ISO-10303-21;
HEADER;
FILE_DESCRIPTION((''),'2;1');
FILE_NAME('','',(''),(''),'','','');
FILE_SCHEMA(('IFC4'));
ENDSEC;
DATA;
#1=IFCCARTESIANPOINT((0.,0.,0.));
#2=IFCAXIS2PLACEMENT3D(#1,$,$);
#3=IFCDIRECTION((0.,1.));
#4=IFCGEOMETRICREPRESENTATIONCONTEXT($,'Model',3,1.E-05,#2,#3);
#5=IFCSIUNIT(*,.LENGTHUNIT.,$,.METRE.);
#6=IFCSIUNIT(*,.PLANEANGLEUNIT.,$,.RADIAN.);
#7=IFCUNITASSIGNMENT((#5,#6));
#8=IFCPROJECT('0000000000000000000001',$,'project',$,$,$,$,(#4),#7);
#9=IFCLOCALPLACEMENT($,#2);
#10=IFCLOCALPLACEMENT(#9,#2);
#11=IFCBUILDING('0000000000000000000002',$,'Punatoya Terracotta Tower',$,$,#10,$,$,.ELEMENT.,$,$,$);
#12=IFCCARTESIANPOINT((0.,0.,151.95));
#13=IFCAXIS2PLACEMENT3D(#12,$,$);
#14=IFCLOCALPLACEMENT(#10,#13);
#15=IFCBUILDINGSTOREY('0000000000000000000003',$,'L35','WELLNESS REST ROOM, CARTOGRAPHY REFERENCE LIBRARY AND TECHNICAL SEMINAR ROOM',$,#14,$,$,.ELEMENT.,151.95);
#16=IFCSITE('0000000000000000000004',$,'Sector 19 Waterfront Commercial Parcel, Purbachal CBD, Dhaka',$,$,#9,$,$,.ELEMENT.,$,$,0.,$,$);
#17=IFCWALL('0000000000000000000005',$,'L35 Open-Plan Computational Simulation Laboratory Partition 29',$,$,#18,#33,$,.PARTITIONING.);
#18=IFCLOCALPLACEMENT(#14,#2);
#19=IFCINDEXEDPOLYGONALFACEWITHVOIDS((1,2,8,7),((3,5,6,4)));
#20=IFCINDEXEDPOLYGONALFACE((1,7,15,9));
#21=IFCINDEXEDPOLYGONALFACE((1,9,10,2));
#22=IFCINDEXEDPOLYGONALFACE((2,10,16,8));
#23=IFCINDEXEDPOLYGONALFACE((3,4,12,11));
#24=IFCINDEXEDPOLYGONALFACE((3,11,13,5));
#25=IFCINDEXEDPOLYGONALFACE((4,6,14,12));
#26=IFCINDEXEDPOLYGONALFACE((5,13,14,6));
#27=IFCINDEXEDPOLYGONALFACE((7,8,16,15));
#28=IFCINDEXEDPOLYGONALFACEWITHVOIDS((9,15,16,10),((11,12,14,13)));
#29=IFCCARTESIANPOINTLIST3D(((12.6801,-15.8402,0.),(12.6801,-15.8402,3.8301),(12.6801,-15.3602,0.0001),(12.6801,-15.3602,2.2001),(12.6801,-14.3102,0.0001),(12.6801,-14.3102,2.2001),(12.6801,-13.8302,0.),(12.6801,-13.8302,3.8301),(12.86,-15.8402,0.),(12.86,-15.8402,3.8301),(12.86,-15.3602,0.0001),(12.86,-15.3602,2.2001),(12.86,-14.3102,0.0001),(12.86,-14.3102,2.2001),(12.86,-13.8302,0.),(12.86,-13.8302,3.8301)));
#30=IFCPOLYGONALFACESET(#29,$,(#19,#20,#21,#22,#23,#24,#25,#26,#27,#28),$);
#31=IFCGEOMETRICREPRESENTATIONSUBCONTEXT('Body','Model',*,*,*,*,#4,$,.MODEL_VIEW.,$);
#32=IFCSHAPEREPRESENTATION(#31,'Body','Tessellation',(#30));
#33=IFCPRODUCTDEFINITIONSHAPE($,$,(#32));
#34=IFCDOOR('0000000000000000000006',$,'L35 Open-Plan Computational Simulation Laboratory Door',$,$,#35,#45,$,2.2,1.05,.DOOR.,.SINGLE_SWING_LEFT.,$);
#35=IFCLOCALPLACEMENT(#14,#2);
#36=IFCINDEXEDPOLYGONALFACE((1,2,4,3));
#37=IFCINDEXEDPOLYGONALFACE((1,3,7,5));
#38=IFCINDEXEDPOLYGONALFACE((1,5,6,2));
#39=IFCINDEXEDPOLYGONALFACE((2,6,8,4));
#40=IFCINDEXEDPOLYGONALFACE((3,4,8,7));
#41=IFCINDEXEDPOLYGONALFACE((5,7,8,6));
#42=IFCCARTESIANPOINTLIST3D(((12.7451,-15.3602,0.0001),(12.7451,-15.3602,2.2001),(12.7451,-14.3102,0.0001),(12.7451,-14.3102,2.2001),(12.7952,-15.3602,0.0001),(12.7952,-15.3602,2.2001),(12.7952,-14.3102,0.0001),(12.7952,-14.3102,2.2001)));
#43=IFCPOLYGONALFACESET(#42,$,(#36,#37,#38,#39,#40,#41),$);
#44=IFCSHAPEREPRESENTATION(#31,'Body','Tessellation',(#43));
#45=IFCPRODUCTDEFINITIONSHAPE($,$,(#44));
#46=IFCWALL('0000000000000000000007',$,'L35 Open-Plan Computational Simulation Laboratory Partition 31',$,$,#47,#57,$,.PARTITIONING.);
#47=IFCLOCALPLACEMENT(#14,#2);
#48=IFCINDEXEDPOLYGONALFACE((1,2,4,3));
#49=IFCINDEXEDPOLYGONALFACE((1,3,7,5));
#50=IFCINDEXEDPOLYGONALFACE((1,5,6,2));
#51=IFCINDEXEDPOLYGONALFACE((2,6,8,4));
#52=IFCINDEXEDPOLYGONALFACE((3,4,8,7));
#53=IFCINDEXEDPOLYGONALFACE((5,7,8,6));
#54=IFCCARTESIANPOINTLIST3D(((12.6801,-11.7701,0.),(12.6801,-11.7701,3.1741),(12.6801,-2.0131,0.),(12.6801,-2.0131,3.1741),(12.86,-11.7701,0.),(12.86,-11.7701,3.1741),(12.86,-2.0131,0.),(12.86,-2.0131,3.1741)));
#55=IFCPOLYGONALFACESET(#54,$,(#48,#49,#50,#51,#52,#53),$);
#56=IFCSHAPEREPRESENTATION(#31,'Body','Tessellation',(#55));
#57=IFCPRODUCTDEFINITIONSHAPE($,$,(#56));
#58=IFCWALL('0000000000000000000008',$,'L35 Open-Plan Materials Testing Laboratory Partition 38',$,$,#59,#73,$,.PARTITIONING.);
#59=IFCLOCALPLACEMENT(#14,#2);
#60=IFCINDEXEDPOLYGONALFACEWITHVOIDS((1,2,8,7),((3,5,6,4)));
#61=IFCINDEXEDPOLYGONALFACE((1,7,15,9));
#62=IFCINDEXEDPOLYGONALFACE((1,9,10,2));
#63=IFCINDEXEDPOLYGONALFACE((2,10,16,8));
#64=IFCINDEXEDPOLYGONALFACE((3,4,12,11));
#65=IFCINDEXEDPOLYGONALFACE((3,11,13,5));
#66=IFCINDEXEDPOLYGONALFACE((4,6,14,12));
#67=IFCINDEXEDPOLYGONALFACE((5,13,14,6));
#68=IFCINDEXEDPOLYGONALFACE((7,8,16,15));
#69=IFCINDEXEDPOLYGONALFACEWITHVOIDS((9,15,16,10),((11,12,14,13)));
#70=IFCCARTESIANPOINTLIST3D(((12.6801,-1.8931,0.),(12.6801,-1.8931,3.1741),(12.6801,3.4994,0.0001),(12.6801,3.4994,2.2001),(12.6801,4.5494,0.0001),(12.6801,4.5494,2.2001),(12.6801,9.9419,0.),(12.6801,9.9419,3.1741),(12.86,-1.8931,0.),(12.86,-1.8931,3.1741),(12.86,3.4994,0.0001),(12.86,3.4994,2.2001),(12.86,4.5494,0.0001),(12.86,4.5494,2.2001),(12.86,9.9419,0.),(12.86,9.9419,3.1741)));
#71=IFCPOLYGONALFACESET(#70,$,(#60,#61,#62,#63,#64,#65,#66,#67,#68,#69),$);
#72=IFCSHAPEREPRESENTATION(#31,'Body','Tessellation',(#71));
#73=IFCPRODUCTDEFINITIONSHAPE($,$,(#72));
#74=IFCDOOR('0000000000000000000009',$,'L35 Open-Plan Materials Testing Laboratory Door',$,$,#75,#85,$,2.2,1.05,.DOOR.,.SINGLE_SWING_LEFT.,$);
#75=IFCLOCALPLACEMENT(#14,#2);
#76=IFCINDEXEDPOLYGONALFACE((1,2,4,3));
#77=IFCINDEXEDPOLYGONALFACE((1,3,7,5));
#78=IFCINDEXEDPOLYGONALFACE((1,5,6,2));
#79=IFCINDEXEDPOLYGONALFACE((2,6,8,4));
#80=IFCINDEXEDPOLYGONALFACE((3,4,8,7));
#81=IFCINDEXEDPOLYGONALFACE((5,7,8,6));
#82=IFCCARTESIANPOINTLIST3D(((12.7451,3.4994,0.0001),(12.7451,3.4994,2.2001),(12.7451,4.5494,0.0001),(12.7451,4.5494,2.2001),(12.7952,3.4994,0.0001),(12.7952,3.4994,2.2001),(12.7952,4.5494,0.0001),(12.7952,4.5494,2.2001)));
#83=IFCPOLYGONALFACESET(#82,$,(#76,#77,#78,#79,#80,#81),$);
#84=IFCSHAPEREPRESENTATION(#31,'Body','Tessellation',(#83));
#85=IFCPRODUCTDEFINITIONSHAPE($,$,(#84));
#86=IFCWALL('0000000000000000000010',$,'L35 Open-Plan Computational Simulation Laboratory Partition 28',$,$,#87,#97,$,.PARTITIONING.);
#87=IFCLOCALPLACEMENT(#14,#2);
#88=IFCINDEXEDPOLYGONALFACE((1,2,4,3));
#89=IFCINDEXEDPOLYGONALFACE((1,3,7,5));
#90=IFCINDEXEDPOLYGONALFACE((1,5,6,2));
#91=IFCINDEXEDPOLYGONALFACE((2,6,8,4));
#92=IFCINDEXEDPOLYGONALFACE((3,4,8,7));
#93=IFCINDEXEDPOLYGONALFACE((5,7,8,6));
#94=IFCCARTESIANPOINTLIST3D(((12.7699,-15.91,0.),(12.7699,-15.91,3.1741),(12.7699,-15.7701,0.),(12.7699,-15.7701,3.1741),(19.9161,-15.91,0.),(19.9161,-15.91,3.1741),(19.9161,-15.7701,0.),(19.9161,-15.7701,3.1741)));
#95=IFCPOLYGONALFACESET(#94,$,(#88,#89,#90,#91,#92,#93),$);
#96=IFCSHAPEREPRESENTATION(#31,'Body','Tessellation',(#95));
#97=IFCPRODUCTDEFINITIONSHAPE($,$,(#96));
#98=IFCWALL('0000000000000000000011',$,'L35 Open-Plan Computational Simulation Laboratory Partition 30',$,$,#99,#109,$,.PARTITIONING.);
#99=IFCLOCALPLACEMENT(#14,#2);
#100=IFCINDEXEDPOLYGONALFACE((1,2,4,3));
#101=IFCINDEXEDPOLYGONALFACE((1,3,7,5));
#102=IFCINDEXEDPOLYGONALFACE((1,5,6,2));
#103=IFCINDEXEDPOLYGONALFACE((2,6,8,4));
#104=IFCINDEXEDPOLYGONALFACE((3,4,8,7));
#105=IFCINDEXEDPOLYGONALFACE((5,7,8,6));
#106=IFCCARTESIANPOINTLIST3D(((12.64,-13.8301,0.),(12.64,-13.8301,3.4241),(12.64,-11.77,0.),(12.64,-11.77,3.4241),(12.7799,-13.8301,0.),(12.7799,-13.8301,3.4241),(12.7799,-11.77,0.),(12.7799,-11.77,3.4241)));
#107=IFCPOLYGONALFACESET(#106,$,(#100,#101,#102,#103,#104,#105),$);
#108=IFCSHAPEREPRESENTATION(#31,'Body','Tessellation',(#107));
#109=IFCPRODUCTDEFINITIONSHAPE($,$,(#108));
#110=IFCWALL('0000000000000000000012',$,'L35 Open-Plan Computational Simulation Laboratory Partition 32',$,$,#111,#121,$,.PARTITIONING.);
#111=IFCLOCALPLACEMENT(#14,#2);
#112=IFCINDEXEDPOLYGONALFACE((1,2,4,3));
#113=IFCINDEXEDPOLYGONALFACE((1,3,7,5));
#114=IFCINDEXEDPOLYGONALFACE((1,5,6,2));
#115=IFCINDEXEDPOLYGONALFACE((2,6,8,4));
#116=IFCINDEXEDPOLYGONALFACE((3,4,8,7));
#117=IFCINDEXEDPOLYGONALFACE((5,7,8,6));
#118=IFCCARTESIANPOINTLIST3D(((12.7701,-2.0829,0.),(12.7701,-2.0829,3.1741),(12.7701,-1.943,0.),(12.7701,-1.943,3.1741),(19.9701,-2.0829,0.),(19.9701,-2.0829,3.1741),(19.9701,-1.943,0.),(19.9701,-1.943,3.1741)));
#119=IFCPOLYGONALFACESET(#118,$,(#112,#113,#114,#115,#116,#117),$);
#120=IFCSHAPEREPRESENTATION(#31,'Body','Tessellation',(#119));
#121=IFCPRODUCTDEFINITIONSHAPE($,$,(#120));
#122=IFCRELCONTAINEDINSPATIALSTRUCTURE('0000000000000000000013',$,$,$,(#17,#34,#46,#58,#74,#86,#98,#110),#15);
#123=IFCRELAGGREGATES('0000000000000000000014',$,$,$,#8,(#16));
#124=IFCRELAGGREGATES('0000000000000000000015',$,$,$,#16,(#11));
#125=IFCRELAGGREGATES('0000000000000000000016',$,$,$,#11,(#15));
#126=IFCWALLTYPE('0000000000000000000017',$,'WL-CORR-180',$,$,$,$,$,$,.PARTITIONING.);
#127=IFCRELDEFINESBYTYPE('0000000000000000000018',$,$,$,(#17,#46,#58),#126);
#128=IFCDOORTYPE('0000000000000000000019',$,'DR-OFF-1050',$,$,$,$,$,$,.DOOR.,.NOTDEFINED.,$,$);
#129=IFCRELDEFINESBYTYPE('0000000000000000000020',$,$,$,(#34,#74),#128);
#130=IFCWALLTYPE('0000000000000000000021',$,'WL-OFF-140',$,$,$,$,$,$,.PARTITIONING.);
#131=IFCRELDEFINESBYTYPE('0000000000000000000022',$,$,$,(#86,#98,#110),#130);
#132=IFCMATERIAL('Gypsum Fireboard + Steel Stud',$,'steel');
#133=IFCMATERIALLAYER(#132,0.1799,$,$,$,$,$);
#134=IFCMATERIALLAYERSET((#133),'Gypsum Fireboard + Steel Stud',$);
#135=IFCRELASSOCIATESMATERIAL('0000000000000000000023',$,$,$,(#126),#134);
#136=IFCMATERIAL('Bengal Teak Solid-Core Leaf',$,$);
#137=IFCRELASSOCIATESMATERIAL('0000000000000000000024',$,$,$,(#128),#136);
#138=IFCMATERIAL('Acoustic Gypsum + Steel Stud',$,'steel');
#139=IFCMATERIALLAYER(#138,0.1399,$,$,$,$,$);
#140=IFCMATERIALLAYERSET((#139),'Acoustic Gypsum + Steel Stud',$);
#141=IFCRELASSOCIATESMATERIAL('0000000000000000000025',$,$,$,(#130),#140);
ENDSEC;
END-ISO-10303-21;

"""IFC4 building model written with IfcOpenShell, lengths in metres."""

from ifc_helpers import new_model, si_unit, direction, frame, frame_2d, origin, place, context, subcontext, project, spatial, rectangle, extrude, material, layer, layer_set, type_object, element, fill, save


model = new_model("IFC4")

# Units and contexts
model_context = context("Model", 3, precision=1e-05, world=origin(), true_north=direction((0.0, 1.0)))
body_context = subcontext(model_context, "Body", "Model", "MODEL_VIEW")
ifc_project = project(units=[si_unit("LENGTHUNIT", "METRE"), si_unit("PLANEANGLEUNIT", "RADIAN")], contexts=[model_context])

# Site, building, storey
site_placement = place(None, origin())
site = spatial("IfcSite", under=ifc_project, at=site_placement, Name="Sector 19 Waterfront Commercial Parcel, Purbachal CBD, Dhaka", CompositionType="ELEMENT", RefElevation=0.0)
building_placement = place(site_placement, origin())
building = spatial("IfcBuilding", under=site, at=building_placement, Name="Punatoya Terracotta Tower", CompositionType="ELEMENT")
storey_placement = place(building_placement, frame((0.0, 0.0, 151.95)))
storey = spatial("IfcBuildingStorey", under=building, at=storey_placement, Name="L35", Description="WELLNESS REST ROOM, CARTOGRAPHY REFERENCE LIBRARY AND TECHNICAL SEMINAR ROOM", CompositionType="ELEMENT", Elevation=151.95)

# Wall, opening, door
ifc_material_1 = material(Name="Gypsum Fireboard + Steel Stud", Category="steel")
ifc_layer_1 = layer(ifc_material_1, 0.1799)
ifc_layer_set_1 = layer_set([ifc_layer_1], Name="Gypsum Fireboard + Steel Stud")
wall_type_1 = type_object("IfcWallType", Name="WL-CORR-180", PredefinedType="PARTITIONING", material=ifc_layer_set_1)
wall_1_placement = place(storey_placement, frame((12.77, -15.8401, 0.0), z_axis=(0.0, 0.0, 1.0), x_axis=(0.0, 1.0, 0.0)))
wall_1 = element("IfcWall", 1, at=wall_1_placement, inside=storey, type_object=wall_type_1, Name="L35 Open-Plan Computational Simulation Laboratory Partition 29", PredefinedType="PARTITIONING", context=body_context, shape_type="SweptSolid", body=[
    extrude(rectangle(XDim=2.01, YDim=0.1799, at=frame_2d((1.0049, 0.0))), origin(), (0.0, 0.0, 1.0), 3.8301),
])
opening_1_placement = place(wall_1_placement, frame((0.48, 0.0, 0.0)))
opening_1 = element("IfcOpeningElement", 2, at=opening_1_placement, cuts=wall_1, PredefinedType="OPENING", context=body_context, shape_type="SweptSolid", body=[
    extrude(rectangle(XDim=1.05, YDim=2.2, at=frame_2d((0.5249, 1.1001))), frame((0.0, 0.0999, 0.0), z_axis=(0.0, -1.0, 0.0), x_axis=(1.0, 0.0, 0.0)), (0.0, 0.0, 1.0), 0.2),
])
ifc_material_2 = material(Name="Bengal Teak Solid-Core Leaf")
door_type = type_object("IfcDoorType", Name="DR-OFF-1050", OperationType="NOTDEFINED", PredefinedType="DOOR", material=ifc_material_2)
door_1_placement = place(opening_1_placement, origin())
door_1 = element("IfcDoor", 3, at=door_1_placement, inside=storey, type_object=door_type, Name="L35 Open-Plan Computational Simulation Laboratory Door", OperationType="SINGLE_SWING_LEFT", OverallHeight=2.2, OverallWidth=1.05, PredefinedType="DOOR", context=body_context, shape_type="SweptSolid", body=[
    extrude(rectangle(XDim=1.05, YDim=2.2, at=frame_2d((0.5249, 1.1001))), frame((0.0, 0.0249, 0.0), z_axis=(0.0, -1.0, 0.0), x_axis=(1.0, 0.0, 0.0)), (0.0, 0.0, 1.0), 0.05),
])
fill(opening_1, door_1)

# Wall
wall_2_placement = place(storey_placement, frame((12.77, -11.77, 0.0), z_axis=(0.0, 0.0, 1.0), x_axis=(0.0, 1.0, 0.0)))
element("IfcWall", 4, at=wall_2_placement, inside=storey, type_object=wall_type_1, Name="L35 Open-Plan Computational Simulation Laboratory Partition 31", PredefinedType="PARTITIONING", context=body_context, shape_type="SweptSolid", body=[
    extrude(rectangle(XDim=9.7571, YDim=0.1799, at=frame_2d((4.8784, 0.0))), origin(), (0.0, 0.0, 1.0), 3.1741),
])

# Wall, opening, door
wall_3_placement = place(storey_placement, frame((12.77, -1.8931, 0.0), z_axis=(0.0, 0.0, 1.0), x_axis=(0.0, 1.0, 0.0)))
wall_3 = element("IfcWall", 5, at=wall_3_placement, inside=storey, type_object=wall_type_1, Name="L35 Open-Plan Materials Testing Laboratory Partition 38", PredefinedType="PARTITIONING", context=body_context, shape_type="SweptSolid", body=[
    extrude(rectangle(XDim=11.835, YDim=0.1799, at=frame_2d((5.9175, 0.0))), origin(), (0.0, 0.0, 1.0), 3.1741),
])
opening_2_placement = place(wall_3_placement, frame((5.3926, 0.0, 0.0)))
opening_2 = element("IfcOpeningElement", 6, at=opening_2_placement, cuts=wall_3, PredefinedType="OPENING", context=body_context, shape_type="SweptSolid", body=[
    extrude(rectangle(XDim=1.05, YDim=2.2, at=frame_2d((0.5249, 1.1001))), frame((0.0, 0.0999, 0.0), z_axis=(0.0, -1.0, 0.0), x_axis=(1.0, 0.0, 0.0)), (0.0, 0.0, 1.0), 0.2),
])
door_2_placement = place(opening_2_placement, origin())
door_2 = element("IfcDoor", 7, at=door_2_placement, inside=storey, type_object=door_type, Name="L35 Open-Plan Materials Testing Laboratory Door", OperationType="SINGLE_SWING_LEFT", OverallHeight=2.2, OverallWidth=1.05, PredefinedType="DOOR", context=body_context, shape_type="SweptSolid", body=[
    extrude(rectangle(XDim=1.05, YDim=2.2, at=frame_2d((0.5249, 1.1001))), frame((0.0, 0.0249, 0.0), z_axis=(0.0, -1.0, 0.0), x_axis=(1.0, 0.0, 0.0)), (0.0, 0.0, 1.0), 0.05),
])
fill(opening_2, door_2)

# Walls
ifc_material_3 = material(Name="Acoustic Gypsum + Steel Stud", Category="steel")
ifc_layer_2 = layer(ifc_material_3, 0.1399)
ifc_layer_set_2 = layer_set([ifc_layer_2], Name="Acoustic Gypsum + Steel Stud")
wall_type_2 = type_object("IfcWallType", Name="WL-OFF-140", PredefinedType="PARTITIONING", material=ifc_layer_set_2)
wall_4_placement = place(storey_placement, frame((19.9163, -15.8401, 0.0), z_axis=(0.0, 0.0, 1.0), x_axis=(-1.0, 0.0, 0.0)))
element("IfcWall", 8, at=wall_4_placement, inside=storey, type_object=wall_type_2, Name="L35 Open-Plan Computational Simulation Laboratory Partition 28", PredefinedType="PARTITIONING", context=body_context, shape_type="SweptSolid", body=[
    extrude(rectangle(XDim=7.1462, YDim=0.1399, at=frame_2d((3.5732, 0.0))), origin(), (0.0, 0.0, 1.0), 3.1741),
])
wall_5_placement = place(storey_placement, frame((12.71, -13.8301, 0.0), z_axis=(0.0, 0.0, 1.0), x_axis=(0.0, 1.0, 0.0)))
element("IfcWall", 9, at=wall_5_placement, inside=storey, type_object=wall_type_2, Name="L35 Open-Plan Computational Simulation Laboratory Partition 30", PredefinedType="PARTITIONING", context=body_context, shape_type="SweptSolid", body=[
    extrude(rectangle(XDim=2.0601, YDim=0.1399, at=frame_2d((1.03, 0.0))), origin(), (0.0, 0.0, 1.0), 3.4241),
])
wall_6_placement = place(storey_placement, frame((12.77, -2.0129, 0.0), z_axis=(0.0, 0.0, 1.0), x_axis=(1.0, 0.0, 0.0)))
element("IfcWall", 10, at=wall_6_placement, inside=storey, type_object=wall_type_2, Name="L35 Open-Plan Computational Simulation Laboratory Partition 32", PredefinedType="PARTITIONING", context=body_context, shape_type="SweptSolid", body=[
    extrude(rectangle(XDim=7.2, YDim=0.1399, at=frame_2d((3.6001, 0.0))), origin(), (0.0, 0.0, 1.0), 3.1741),
])

save(model, "model.ifc")
